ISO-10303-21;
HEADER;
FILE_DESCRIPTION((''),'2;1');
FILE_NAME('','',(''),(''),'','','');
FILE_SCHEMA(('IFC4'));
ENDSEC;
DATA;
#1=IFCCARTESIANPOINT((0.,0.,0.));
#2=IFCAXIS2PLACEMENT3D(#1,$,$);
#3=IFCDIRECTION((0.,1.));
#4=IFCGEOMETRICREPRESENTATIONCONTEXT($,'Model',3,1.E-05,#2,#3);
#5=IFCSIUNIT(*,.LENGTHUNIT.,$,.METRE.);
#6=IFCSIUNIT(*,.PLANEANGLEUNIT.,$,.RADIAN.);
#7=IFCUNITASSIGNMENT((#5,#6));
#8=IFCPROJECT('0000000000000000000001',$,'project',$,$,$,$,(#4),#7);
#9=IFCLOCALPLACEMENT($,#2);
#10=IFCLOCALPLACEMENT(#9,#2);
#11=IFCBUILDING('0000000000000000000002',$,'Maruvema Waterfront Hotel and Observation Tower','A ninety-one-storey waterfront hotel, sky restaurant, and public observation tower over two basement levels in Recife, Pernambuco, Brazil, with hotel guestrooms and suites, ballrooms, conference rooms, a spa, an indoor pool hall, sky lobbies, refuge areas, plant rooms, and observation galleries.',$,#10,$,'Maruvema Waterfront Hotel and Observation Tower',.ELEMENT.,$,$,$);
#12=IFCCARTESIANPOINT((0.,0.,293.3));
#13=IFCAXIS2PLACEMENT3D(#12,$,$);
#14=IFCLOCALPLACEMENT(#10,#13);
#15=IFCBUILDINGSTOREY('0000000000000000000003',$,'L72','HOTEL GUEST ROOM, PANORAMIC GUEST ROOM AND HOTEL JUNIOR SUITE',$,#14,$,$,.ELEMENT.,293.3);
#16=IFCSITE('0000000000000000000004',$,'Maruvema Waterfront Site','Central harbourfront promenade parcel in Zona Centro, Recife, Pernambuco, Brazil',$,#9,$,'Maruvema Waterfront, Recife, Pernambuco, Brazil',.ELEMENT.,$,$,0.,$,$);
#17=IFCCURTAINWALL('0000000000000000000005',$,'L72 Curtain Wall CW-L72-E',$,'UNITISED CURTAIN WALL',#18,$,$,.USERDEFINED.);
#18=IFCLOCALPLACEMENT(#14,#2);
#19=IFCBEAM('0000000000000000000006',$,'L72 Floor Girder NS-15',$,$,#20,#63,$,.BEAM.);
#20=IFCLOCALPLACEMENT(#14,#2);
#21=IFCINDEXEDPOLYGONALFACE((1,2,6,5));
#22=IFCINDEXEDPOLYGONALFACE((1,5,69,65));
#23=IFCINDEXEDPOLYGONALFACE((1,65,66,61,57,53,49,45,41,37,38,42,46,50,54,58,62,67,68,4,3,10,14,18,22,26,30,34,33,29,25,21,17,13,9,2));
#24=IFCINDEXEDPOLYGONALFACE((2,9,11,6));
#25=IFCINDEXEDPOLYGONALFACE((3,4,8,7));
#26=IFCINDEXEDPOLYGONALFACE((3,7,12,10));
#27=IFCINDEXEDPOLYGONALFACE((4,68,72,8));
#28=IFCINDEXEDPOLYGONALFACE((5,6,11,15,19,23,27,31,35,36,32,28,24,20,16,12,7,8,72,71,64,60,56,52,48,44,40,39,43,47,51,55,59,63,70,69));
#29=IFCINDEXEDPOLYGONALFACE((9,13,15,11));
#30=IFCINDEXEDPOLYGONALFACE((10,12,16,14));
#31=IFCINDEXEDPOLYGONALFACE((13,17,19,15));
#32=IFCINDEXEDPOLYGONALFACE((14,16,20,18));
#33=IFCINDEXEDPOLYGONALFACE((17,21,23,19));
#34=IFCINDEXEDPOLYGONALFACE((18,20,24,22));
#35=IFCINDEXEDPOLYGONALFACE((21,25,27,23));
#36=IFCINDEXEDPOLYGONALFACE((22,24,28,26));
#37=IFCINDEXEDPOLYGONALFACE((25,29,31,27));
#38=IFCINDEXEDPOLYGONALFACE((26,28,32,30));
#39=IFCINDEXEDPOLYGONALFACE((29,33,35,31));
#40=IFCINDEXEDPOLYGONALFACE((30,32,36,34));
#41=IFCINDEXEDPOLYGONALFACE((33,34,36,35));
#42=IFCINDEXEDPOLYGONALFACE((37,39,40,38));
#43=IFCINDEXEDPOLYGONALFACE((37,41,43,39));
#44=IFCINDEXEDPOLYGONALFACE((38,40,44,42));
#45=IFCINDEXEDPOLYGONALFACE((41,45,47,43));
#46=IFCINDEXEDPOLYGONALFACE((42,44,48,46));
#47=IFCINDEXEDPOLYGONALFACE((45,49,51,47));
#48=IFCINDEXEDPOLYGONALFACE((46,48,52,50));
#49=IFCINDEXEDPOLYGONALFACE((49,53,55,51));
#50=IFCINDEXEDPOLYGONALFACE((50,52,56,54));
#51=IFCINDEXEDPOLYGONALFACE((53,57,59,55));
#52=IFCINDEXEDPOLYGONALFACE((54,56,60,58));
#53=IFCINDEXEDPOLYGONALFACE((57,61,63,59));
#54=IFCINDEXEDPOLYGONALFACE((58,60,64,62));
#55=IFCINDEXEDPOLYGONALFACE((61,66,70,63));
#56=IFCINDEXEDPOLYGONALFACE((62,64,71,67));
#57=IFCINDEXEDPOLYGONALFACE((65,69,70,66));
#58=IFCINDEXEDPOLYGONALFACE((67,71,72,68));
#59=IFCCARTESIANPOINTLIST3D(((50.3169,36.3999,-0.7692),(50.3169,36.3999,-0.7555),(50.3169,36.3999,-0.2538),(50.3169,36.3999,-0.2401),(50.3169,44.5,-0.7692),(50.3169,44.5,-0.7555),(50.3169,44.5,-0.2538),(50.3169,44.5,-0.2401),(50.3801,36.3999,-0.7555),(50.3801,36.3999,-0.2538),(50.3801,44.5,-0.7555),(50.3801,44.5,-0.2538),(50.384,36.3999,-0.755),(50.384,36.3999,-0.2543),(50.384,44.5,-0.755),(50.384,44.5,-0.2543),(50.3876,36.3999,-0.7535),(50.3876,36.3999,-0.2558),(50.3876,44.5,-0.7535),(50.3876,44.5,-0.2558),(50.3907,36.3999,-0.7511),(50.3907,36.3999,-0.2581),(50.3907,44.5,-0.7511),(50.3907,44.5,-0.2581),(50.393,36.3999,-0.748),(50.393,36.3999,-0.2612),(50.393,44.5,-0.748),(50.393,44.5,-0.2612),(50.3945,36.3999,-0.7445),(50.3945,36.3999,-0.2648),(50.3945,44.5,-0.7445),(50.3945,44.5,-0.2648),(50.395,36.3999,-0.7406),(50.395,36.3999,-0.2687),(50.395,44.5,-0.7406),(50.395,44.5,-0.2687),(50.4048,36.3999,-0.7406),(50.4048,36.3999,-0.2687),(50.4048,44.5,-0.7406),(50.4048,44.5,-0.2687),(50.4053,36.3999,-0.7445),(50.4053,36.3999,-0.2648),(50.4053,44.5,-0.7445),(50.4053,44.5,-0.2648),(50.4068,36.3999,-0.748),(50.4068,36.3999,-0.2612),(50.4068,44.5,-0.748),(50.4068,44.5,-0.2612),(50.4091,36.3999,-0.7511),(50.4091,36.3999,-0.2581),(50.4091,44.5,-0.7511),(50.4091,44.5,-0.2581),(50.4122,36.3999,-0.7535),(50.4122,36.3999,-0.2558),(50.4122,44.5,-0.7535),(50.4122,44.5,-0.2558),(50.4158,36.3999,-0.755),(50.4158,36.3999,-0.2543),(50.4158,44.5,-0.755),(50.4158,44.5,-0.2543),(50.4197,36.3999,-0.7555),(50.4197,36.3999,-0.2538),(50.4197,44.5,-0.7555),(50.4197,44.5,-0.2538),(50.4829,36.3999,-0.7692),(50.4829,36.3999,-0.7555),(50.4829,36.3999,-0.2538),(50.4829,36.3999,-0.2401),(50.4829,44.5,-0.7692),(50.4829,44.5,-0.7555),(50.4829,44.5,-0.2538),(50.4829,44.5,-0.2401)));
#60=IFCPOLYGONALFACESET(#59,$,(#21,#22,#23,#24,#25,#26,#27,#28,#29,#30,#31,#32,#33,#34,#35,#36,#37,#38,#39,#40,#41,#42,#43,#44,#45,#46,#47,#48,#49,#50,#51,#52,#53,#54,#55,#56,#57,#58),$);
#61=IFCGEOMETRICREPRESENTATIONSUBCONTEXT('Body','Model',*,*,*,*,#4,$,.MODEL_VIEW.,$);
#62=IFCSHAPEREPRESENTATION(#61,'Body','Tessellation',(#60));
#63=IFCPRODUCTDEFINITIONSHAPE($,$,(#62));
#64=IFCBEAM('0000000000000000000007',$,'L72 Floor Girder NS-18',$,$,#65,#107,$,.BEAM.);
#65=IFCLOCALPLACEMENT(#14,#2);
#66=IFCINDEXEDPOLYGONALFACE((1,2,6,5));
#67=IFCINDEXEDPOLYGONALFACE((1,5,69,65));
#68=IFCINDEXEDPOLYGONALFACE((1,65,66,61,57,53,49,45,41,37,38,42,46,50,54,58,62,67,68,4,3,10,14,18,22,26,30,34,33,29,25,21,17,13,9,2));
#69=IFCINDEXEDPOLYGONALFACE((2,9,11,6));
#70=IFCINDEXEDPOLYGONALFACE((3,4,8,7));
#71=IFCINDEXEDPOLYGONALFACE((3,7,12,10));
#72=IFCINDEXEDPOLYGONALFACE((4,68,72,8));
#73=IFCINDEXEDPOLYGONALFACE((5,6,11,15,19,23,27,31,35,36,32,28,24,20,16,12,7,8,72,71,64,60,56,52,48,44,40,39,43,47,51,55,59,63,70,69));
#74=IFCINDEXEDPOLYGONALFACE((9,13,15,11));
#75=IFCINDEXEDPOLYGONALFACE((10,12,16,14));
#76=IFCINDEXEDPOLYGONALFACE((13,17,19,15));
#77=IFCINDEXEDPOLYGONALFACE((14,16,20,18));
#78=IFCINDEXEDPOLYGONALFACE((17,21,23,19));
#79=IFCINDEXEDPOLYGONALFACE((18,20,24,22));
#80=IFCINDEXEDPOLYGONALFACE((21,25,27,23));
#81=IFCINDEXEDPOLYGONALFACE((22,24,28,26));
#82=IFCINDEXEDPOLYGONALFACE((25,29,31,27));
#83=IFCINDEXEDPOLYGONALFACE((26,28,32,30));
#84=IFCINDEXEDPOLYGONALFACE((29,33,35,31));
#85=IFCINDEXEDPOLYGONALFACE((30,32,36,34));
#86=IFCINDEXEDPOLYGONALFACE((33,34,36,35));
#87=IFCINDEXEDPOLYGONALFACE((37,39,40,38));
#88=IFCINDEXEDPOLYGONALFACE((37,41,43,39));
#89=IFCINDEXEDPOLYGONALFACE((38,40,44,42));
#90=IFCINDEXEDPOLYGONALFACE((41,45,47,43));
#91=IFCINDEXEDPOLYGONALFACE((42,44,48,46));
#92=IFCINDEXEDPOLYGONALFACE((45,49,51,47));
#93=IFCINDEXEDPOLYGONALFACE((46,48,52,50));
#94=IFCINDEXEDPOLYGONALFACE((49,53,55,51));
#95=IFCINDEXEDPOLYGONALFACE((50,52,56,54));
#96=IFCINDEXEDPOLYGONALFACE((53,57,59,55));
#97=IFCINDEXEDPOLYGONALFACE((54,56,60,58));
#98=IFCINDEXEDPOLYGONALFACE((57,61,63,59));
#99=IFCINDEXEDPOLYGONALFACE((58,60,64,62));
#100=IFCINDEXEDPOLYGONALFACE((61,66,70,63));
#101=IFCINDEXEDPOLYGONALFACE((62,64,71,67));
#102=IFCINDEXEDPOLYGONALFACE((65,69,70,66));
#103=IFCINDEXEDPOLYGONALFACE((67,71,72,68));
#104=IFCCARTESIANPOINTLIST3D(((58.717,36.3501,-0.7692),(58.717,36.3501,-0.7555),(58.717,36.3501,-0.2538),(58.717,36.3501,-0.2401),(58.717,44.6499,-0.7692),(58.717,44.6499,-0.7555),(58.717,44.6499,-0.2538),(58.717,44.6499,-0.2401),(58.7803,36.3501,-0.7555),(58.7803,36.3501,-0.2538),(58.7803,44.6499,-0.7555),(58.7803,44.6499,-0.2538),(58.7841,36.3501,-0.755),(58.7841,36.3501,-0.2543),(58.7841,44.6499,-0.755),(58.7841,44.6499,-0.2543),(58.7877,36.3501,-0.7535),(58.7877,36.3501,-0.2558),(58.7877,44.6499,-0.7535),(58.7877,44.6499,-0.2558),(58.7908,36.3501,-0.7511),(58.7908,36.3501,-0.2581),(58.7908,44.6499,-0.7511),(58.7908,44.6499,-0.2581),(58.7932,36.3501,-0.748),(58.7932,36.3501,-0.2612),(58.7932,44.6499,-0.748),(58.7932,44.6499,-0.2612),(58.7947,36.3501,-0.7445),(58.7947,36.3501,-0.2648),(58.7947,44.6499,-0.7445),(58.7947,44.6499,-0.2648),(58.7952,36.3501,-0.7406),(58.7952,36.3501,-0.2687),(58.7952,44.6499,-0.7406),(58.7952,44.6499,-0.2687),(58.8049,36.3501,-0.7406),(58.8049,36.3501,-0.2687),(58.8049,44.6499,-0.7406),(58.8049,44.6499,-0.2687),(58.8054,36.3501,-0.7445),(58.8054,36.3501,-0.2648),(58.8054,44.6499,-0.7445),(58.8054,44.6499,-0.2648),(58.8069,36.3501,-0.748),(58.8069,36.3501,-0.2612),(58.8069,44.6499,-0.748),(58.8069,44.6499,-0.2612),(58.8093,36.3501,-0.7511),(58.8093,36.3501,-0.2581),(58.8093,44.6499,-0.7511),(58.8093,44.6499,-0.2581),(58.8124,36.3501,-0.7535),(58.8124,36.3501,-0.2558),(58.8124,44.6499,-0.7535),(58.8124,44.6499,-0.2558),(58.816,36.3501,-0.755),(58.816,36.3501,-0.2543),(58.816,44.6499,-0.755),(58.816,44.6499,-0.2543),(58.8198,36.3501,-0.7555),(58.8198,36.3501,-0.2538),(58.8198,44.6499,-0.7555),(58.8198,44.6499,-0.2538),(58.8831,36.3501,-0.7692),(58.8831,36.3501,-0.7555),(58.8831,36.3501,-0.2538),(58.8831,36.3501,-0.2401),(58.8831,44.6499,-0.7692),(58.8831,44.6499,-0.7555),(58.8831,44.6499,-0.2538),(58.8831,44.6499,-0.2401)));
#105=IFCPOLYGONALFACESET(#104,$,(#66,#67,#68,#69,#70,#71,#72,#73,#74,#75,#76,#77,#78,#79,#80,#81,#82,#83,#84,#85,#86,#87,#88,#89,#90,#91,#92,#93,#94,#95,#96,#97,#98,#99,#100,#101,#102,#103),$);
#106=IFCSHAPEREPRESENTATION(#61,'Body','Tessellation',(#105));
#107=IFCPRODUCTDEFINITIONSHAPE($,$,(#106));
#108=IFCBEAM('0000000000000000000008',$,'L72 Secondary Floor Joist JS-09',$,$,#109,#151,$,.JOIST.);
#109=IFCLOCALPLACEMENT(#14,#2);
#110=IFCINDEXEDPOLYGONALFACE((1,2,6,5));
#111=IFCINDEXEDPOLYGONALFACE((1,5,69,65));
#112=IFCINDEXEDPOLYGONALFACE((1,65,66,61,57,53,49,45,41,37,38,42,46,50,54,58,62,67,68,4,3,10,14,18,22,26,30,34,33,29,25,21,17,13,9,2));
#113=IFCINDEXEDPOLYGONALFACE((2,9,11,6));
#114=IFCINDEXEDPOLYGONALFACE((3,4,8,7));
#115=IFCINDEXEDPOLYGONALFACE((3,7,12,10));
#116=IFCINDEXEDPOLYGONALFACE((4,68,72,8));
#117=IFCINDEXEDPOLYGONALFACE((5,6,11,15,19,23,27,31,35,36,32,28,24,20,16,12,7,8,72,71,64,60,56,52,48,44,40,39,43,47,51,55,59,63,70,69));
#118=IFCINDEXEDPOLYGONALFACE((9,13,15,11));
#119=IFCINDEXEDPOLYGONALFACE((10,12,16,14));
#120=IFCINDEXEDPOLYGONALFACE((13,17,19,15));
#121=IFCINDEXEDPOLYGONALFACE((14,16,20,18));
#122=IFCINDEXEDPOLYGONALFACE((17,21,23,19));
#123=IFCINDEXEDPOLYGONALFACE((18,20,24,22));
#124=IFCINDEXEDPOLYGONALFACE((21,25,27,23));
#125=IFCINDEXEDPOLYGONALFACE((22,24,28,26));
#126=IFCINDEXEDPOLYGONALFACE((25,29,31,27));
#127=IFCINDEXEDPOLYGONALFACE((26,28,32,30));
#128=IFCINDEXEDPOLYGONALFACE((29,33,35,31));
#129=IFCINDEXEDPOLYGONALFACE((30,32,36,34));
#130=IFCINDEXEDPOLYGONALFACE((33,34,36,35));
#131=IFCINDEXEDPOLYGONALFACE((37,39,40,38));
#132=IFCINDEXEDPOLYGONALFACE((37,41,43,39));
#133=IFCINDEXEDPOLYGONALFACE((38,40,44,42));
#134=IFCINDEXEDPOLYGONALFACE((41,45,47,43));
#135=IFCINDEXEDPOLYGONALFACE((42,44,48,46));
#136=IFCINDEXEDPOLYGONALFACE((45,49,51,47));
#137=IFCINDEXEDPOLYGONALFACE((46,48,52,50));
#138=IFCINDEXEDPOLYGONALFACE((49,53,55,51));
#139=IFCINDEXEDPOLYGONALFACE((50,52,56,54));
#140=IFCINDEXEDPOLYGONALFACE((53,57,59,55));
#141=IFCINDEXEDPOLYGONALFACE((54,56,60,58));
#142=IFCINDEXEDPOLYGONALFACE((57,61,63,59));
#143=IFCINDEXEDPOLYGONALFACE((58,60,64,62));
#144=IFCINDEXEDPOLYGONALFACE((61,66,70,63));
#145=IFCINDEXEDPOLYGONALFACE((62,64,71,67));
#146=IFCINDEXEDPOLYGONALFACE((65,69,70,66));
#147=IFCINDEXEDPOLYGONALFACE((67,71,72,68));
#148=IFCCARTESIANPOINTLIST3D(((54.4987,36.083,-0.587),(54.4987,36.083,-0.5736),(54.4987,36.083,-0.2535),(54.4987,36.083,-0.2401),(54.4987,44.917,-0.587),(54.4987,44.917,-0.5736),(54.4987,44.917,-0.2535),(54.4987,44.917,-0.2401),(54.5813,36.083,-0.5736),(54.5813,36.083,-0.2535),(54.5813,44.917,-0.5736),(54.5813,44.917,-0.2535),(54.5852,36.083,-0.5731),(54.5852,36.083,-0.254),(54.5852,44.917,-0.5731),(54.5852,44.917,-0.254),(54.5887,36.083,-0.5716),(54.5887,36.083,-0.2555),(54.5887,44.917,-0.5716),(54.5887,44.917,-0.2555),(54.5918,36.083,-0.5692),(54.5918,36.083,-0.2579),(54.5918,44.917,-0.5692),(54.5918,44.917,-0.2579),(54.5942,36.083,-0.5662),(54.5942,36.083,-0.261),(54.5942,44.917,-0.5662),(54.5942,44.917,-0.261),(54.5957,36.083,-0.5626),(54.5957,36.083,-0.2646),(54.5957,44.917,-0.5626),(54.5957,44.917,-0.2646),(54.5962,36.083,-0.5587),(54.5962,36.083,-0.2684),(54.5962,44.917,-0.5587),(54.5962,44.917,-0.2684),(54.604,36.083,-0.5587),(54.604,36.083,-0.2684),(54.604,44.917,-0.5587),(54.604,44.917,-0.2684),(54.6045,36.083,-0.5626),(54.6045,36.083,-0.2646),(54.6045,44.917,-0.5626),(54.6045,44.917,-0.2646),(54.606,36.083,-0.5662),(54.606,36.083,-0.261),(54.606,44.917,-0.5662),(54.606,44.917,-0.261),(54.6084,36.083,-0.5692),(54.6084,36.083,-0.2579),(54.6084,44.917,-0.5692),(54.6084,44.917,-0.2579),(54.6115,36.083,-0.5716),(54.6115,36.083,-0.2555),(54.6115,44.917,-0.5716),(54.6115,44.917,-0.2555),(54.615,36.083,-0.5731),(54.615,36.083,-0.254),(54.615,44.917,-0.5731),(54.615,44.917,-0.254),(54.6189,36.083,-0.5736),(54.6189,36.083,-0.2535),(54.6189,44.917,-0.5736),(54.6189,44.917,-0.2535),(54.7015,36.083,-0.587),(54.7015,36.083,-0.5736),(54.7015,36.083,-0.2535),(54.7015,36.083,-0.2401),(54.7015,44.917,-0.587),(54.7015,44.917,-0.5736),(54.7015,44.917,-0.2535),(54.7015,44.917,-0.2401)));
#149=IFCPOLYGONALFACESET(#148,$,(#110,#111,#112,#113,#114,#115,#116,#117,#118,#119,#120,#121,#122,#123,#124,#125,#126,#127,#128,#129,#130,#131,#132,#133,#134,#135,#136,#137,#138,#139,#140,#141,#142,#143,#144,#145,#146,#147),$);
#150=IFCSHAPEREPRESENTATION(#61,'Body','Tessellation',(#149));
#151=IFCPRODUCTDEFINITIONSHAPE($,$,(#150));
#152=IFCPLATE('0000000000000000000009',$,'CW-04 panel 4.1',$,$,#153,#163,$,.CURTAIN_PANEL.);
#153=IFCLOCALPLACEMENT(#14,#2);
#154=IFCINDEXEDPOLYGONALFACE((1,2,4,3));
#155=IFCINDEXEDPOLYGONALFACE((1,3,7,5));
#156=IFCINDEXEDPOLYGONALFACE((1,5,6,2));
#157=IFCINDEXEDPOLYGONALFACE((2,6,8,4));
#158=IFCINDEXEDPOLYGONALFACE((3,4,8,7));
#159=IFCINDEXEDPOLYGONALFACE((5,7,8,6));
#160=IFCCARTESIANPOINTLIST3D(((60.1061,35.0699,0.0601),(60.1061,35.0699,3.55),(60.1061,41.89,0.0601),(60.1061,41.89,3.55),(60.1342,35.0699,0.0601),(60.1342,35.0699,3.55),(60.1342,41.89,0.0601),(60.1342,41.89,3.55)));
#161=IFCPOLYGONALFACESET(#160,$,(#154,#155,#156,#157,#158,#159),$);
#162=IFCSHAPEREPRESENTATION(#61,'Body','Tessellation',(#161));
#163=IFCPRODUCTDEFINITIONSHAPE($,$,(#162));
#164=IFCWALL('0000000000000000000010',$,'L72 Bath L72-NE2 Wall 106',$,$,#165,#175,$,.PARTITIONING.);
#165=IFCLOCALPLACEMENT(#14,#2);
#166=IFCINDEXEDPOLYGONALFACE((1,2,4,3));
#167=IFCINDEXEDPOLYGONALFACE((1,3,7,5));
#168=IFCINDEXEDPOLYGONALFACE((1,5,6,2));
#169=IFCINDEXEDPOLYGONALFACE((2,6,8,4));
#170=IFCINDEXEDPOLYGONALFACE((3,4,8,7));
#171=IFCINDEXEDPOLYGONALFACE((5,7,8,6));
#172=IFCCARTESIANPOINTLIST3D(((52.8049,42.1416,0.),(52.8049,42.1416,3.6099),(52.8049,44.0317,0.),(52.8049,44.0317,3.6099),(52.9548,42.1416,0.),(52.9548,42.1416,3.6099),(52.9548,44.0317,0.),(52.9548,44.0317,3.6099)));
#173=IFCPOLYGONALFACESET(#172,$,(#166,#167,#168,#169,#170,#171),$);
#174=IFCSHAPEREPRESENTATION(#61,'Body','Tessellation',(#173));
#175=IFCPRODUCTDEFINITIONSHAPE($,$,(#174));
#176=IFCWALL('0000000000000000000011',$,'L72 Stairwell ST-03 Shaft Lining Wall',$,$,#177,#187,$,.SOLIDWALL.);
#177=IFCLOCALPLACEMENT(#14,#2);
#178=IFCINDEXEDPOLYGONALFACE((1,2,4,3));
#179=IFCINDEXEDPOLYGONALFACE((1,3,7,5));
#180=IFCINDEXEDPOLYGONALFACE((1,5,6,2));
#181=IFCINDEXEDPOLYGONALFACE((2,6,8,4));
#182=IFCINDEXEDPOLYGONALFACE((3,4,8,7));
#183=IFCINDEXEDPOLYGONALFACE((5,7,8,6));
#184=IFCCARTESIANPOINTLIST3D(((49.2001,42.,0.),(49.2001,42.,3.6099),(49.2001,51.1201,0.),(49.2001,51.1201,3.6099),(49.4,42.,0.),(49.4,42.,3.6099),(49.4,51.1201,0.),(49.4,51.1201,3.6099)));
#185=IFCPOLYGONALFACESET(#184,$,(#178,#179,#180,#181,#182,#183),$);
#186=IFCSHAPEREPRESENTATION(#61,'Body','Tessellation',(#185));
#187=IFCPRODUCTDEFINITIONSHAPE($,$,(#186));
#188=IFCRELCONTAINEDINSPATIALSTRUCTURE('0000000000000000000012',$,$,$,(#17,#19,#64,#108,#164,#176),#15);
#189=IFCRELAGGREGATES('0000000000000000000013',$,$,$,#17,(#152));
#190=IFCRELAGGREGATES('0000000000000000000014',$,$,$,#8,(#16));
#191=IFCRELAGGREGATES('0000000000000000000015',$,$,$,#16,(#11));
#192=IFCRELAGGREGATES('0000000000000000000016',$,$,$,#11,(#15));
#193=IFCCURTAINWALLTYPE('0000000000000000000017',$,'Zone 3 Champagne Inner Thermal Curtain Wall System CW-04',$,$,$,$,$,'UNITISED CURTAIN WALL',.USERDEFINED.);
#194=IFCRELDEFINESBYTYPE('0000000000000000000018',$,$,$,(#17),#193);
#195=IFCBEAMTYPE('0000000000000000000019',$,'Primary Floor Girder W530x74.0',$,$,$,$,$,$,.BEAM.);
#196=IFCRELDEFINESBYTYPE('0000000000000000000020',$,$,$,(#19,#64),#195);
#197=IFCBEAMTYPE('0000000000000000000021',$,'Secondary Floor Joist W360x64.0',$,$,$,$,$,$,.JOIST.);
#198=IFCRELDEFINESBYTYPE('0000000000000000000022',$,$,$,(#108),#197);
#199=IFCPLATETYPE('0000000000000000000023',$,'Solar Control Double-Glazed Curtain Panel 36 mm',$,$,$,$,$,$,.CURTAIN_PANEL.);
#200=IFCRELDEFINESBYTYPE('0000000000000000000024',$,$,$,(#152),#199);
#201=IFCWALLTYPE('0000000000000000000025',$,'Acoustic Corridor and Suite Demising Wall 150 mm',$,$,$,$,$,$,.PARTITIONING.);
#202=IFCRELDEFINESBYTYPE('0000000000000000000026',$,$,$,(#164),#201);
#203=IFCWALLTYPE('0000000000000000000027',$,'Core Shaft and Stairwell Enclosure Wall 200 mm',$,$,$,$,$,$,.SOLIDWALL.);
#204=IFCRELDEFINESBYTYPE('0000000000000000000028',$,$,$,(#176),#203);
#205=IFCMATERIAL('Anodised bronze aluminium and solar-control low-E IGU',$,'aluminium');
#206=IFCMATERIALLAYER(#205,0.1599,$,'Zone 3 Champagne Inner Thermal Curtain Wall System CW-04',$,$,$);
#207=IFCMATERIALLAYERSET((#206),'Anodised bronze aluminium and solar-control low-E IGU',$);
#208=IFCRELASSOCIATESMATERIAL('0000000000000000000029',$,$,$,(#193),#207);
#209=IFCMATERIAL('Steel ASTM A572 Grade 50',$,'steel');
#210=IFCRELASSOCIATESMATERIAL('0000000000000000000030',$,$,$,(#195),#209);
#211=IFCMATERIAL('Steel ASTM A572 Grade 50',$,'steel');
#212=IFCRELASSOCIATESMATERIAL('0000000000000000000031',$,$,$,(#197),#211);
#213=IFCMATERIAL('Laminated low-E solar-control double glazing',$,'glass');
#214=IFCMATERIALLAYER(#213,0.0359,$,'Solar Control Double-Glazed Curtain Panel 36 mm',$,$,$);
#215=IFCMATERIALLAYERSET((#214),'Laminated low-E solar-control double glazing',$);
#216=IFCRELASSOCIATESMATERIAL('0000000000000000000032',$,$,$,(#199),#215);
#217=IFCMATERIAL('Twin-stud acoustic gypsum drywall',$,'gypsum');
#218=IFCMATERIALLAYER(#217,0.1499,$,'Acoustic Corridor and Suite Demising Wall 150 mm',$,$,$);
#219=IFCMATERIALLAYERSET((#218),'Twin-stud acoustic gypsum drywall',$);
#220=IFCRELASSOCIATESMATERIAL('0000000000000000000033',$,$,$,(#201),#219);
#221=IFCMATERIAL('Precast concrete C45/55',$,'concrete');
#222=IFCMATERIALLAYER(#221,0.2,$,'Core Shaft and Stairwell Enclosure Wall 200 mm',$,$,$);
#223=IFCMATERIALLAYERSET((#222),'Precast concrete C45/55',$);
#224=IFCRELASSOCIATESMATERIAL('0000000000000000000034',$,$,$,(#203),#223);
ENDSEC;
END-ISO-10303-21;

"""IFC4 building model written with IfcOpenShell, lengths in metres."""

from ifc_helpers import new_model, si_unit, direction, frame, frame_2d, origin, origin_2d, place, context, subcontext, project, spatial, rectangle, i_section, extrude, material, layer, layer_set, material_profile, profile_set, type_object, element, aggregate, save


model = new_model("IFC4")

# Units and contexts
model_context = context("Model", 3, precision=1e-05, world=origin(), true_north=direction((0.0, 1.0)))
body_context = subcontext(model_context, "Body", "Model", "MODEL_VIEW")
ifc_project = project(units=[si_unit("LENGTHUNIT", "METRE"), si_unit("PLANEANGLEUNIT", "RADIAN")], contexts=[model_context])

# Site, building, storey
site_placement = place(None, origin())
site = spatial("IfcSite", under=ifc_project, at=site_placement, Name="Maruvema Waterfront Site", Description="Central harbourfront promenade parcel in Zona Centro, Recife, Pernambuco, Brazil", LongName="Maruvema Waterfront, Recife, Pernambuco, Brazil", CompositionType="ELEMENT", RefElevation=0.0)
building_placement = place(site_placement, origin())
building = spatial("IfcBuilding", under=site, at=building_placement, Name="Maruvema Waterfront Hotel and Observation Tower", Description="A ninety-one-storey waterfront hotel, sky restaurant, and public observation tower over two basement levels in Recife, Pernambuco, Brazil, with hotel guestrooms and suites, ballrooms, conference rooms, a spa, an indoor pool hall, sky lobbies, refuge areas, plant rooms, and observation galleries.", LongName="Maruvema Waterfront Hotel and Observation Tower", CompositionType="ELEMENT")
storey_placement = place(building_placement, frame((0.0, 0.0, 293.3)))
storey = spatial("IfcBuildingStorey", under=building, at=storey_placement, Name="L72", Description="HOTEL GUEST ROOM, PANORAMIC GUEST ROOM AND HOTEL JUNIOR SUITE", CompositionType="ELEMENT", Elevation=293.3)

# Curtain wall
ifc_material_1 = material(Name="Anodised bronze aluminium and solar-control low-E IGU", Category="aluminium")
ifc_layer_1 = layer(ifc_material_1, 0.1599, Name="Zone 3 Champagne Inner Thermal Curtain Wall System CW-04")
ifc_layer_set_1 = layer_set([ifc_layer_1], Name="Anodised bronze aluminium and solar-control low-E IGU")
curtain_wall_type = type_object("IfcCurtainWallType", Name="Zone 3 Champagne Inner Thermal Curtain Wall System CW-04", ElementType="UNITISED CURTAIN WALL", PredefinedType="USERDEFINED", material=ifc_layer_set_1)
curtain_wall_placement = place(storey_placement, origin())
curtain_wall = element("IfcCurtainWall", 1, at=curtain_wall_placement, inside=storey, type_object=curtain_wall_type, Name="L72 Curtain Wall CW-L72-E", ObjectType="UNITISED CURTAIN WALL", PredefinedType="USERDEFINED")

# Beams
ifc_material_2 = material(Name="Steel ASTM A572 Grade 50", Category="steel")
ifc_material_profile_1 = material_profile(ifc_material_2, i_section(OverallWidth=0.166, OverallDepth=0.5291, WebThickness=0.0098, FlangeThickness=0.0137, FilletRadius=0.0149, at=origin_2d()), Name="W530x74.0")
ifc_profile_set_1 = profile_set([ifc_material_profile_1], Name="Steel ASTM A572 Grade 50")
beam_type_1 = type_object("IfcBeamType", Name="Primary Floor Girder W530x74.0", PredefinedType="BEAM", material=ifc_profile_set_1)
beam_1_placement = place(storey_placement, frame((50.3999, 36.3999, -0.5046), z_axis=(0.0, 1.0, 0.0), x_axis=(-1.0, 0.0, 0.0)))
element("IfcBeam", 2, at=beam_1_placement, inside=storey, type_object=beam_type_1, Name="L72 Floor Girder NS-15", PredefinedType="BEAM", context=body_context, shape_type="SweptSolid", body=[
    extrude(i_section(OverallWidth=0.166, OverallDepth=0.5291, WebThickness=0.0098, FlangeThickness=0.0137, FilletRadius=0.0149, at=origin_2d()), origin(), (0.0, 0.0, 1.0), 8.1001),
])
beam_2_placement = place(storey_placement, frame((58.8, 36.3501, -0.5046), z_axis=(0.0, 1.0, 0.0), x_axis=(-1.0, 0.0, 0.0)))
element("IfcBeam", 3, at=beam_2_placement, inside=storey, type_object=beam_type_1, Name="L72 Floor Girder NS-18", PredefinedType="BEAM", context=body_context, shape_type="SweptSolid", body=[
    extrude(i_section(OverallWidth=0.166, OverallDepth=0.5291, WebThickness=0.0098, FlangeThickness=0.0137, FilletRadius=0.0149, at=origin_2d()), origin(), (0.0, 0.0, 1.0), 8.2998),
])
ifc_material_3 = material(Name="Steel ASTM A572 Grade 50", Category="steel")
ifc_material_profile_2 = material_profile(ifc_material_3, i_section(OverallWidth=0.2029, OverallDepth=0.3469, WebThickness=0.0078, FlangeThickness=0.0134, FilletRadius=0.0149, at=origin_2d()), Name="W360x64.0")
ifc_profile_set_2 = profile_set([ifc_material_profile_2], Name="Steel ASTM A572 Grade 50")
beam_type_2 = type_object("IfcBeamType", Name="Secondary Floor Joist W360x64.0", PredefinedType="JOIST", material=ifc_profile_set_2)
beam_3_placement = place(storey_placement, frame((54.6001, 36.083, -0.4136), z_axis=(0.0, 1.0, 0.0), x_axis=(-1.0, 0.0, 0.0)))
element("IfcBeam", 4, at=beam_3_placement, inside=storey, type_object=beam_type_2, Name="L72 Secondary Floor Joist JS-09", PredefinedType="JOIST", context=body_context, shape_type="SweptSolid", body=[
    extrude(i_section(OverallWidth=0.2029, OverallDepth=0.3469, WebThickness=0.0078, FlangeThickness=0.0134, FilletRadius=0.0149, at=origin_2d()), origin(), (0.0, 0.0, 1.0), 8.834),
])

# Plate
ifc_material_4 = material(Name="Laminated low-E solar-control double glazing", Category="glass")
ifc_layer_2 = layer(ifc_material_4, 0.0359, Name="Solar Control Double-Glazed Curtain Panel 36 mm")
ifc_layer_set_2 = layer_set([ifc_layer_2], Name="Laminated low-E solar-control double glazing")
plate_type = type_object("IfcPlateType", Name="Solar Control Double-Glazed Curtain Panel 36 mm", PredefinedType="CURTAIN_PANEL", material=ifc_layer_set_2)
plate_placement = place(storey_placement, frame((60.1201, 38.48, 0.0601), z_axis=(0.0, 0.0, 1.0), x_axis=(0.0, 1.0, 0.0)))
plate = element("IfcPlate", 5, at=plate_placement, type_object=plate_type, Name="CW-04 panel 4.1", PredefinedType="CURTAIN_PANEL", context=body_context, shape_type="SweptSolid", body=[
    extrude(rectangle(XDim=6.8201, YDim=0.0281, at=origin_2d()), origin(), (0.0, 0.0, 1.0), 3.49),
])
aggregate(curtain_wall, [plate])

# Shared definitions
ifc_material_5 = material(Name="Twin-stud acoustic gypsum drywall", Category="gypsum")
ifc_layer_3 = layer(ifc_material_5, 0.1499, Name="Acoustic Corridor and Suite Demising Wall 150 mm")
ifc_layer_set_3 = layer_set([ifc_layer_3], Name="Twin-stud acoustic gypsum drywall")
wall_type_1 = type_object("IfcWallType", Name="Acoustic Corridor and Suite Demising Wall 150 mm", PredefinedType="PARTITIONING", material=ifc_layer_set_3)

# Walls
wall_1_placement = place(storey_placement, frame((52.8799, 42.1416, 0.0), z_axis=(0.0, 0.0, 1.0), x_axis=(0.0, 1.0, 0.0)))
element("IfcWall", 6, at=wall_1_placement, inside=storey, type_object=wall_type_1, Name="L72 Bath L72-NE2 Wall 106", PredefinedType="PARTITIONING", context=body_context, shape_type="SweptSolid", body=[
    extrude(rectangle(XDim=1.8901, YDim=0.1499, at=frame_2d((0.9451, 0.0))), origin(), (0.0, 0.0, 1.0), 3.6099),
])
ifc_material_6 = material(Name="Precast concrete C45/55", Category="concrete")
ifc_layer_4 = layer(ifc_material_6, 0.2, Name="Core Shaft and Stairwell Enclosure Wall 200 mm")
ifc_layer_set_4 = layer_set([ifc_layer_4], Name="Precast concrete C45/55")
wall_type_2 = type_object("IfcWallType", Name="Core Shaft and Stairwell Enclosure Wall 200 mm", PredefinedType="SOLIDWALL", material=ifc_layer_set_4)
wall_2_placement = place(storey_placement, frame((49.3, 42.0, 0.0), z_axis=(0.0, 0.0, 1.0), x_axis=(0.0, 1.0, 0.0)))
element("IfcWall", 7, at=wall_2_placement, inside=storey, type_object=wall_type_2, Name="L72 Stairwell ST-03 Shaft Lining Wall", PredefinedType="SOLIDWALL", context=body_context, shape_type="SweptSolid", body=[
    extrude(rectangle(XDim=9.1201, YDim=0.2, at=frame_2d((4.5601, 0.0))), origin(), (0.0, 0.0, 1.0), 3.6099),
])

save(model, "model.ifc")
